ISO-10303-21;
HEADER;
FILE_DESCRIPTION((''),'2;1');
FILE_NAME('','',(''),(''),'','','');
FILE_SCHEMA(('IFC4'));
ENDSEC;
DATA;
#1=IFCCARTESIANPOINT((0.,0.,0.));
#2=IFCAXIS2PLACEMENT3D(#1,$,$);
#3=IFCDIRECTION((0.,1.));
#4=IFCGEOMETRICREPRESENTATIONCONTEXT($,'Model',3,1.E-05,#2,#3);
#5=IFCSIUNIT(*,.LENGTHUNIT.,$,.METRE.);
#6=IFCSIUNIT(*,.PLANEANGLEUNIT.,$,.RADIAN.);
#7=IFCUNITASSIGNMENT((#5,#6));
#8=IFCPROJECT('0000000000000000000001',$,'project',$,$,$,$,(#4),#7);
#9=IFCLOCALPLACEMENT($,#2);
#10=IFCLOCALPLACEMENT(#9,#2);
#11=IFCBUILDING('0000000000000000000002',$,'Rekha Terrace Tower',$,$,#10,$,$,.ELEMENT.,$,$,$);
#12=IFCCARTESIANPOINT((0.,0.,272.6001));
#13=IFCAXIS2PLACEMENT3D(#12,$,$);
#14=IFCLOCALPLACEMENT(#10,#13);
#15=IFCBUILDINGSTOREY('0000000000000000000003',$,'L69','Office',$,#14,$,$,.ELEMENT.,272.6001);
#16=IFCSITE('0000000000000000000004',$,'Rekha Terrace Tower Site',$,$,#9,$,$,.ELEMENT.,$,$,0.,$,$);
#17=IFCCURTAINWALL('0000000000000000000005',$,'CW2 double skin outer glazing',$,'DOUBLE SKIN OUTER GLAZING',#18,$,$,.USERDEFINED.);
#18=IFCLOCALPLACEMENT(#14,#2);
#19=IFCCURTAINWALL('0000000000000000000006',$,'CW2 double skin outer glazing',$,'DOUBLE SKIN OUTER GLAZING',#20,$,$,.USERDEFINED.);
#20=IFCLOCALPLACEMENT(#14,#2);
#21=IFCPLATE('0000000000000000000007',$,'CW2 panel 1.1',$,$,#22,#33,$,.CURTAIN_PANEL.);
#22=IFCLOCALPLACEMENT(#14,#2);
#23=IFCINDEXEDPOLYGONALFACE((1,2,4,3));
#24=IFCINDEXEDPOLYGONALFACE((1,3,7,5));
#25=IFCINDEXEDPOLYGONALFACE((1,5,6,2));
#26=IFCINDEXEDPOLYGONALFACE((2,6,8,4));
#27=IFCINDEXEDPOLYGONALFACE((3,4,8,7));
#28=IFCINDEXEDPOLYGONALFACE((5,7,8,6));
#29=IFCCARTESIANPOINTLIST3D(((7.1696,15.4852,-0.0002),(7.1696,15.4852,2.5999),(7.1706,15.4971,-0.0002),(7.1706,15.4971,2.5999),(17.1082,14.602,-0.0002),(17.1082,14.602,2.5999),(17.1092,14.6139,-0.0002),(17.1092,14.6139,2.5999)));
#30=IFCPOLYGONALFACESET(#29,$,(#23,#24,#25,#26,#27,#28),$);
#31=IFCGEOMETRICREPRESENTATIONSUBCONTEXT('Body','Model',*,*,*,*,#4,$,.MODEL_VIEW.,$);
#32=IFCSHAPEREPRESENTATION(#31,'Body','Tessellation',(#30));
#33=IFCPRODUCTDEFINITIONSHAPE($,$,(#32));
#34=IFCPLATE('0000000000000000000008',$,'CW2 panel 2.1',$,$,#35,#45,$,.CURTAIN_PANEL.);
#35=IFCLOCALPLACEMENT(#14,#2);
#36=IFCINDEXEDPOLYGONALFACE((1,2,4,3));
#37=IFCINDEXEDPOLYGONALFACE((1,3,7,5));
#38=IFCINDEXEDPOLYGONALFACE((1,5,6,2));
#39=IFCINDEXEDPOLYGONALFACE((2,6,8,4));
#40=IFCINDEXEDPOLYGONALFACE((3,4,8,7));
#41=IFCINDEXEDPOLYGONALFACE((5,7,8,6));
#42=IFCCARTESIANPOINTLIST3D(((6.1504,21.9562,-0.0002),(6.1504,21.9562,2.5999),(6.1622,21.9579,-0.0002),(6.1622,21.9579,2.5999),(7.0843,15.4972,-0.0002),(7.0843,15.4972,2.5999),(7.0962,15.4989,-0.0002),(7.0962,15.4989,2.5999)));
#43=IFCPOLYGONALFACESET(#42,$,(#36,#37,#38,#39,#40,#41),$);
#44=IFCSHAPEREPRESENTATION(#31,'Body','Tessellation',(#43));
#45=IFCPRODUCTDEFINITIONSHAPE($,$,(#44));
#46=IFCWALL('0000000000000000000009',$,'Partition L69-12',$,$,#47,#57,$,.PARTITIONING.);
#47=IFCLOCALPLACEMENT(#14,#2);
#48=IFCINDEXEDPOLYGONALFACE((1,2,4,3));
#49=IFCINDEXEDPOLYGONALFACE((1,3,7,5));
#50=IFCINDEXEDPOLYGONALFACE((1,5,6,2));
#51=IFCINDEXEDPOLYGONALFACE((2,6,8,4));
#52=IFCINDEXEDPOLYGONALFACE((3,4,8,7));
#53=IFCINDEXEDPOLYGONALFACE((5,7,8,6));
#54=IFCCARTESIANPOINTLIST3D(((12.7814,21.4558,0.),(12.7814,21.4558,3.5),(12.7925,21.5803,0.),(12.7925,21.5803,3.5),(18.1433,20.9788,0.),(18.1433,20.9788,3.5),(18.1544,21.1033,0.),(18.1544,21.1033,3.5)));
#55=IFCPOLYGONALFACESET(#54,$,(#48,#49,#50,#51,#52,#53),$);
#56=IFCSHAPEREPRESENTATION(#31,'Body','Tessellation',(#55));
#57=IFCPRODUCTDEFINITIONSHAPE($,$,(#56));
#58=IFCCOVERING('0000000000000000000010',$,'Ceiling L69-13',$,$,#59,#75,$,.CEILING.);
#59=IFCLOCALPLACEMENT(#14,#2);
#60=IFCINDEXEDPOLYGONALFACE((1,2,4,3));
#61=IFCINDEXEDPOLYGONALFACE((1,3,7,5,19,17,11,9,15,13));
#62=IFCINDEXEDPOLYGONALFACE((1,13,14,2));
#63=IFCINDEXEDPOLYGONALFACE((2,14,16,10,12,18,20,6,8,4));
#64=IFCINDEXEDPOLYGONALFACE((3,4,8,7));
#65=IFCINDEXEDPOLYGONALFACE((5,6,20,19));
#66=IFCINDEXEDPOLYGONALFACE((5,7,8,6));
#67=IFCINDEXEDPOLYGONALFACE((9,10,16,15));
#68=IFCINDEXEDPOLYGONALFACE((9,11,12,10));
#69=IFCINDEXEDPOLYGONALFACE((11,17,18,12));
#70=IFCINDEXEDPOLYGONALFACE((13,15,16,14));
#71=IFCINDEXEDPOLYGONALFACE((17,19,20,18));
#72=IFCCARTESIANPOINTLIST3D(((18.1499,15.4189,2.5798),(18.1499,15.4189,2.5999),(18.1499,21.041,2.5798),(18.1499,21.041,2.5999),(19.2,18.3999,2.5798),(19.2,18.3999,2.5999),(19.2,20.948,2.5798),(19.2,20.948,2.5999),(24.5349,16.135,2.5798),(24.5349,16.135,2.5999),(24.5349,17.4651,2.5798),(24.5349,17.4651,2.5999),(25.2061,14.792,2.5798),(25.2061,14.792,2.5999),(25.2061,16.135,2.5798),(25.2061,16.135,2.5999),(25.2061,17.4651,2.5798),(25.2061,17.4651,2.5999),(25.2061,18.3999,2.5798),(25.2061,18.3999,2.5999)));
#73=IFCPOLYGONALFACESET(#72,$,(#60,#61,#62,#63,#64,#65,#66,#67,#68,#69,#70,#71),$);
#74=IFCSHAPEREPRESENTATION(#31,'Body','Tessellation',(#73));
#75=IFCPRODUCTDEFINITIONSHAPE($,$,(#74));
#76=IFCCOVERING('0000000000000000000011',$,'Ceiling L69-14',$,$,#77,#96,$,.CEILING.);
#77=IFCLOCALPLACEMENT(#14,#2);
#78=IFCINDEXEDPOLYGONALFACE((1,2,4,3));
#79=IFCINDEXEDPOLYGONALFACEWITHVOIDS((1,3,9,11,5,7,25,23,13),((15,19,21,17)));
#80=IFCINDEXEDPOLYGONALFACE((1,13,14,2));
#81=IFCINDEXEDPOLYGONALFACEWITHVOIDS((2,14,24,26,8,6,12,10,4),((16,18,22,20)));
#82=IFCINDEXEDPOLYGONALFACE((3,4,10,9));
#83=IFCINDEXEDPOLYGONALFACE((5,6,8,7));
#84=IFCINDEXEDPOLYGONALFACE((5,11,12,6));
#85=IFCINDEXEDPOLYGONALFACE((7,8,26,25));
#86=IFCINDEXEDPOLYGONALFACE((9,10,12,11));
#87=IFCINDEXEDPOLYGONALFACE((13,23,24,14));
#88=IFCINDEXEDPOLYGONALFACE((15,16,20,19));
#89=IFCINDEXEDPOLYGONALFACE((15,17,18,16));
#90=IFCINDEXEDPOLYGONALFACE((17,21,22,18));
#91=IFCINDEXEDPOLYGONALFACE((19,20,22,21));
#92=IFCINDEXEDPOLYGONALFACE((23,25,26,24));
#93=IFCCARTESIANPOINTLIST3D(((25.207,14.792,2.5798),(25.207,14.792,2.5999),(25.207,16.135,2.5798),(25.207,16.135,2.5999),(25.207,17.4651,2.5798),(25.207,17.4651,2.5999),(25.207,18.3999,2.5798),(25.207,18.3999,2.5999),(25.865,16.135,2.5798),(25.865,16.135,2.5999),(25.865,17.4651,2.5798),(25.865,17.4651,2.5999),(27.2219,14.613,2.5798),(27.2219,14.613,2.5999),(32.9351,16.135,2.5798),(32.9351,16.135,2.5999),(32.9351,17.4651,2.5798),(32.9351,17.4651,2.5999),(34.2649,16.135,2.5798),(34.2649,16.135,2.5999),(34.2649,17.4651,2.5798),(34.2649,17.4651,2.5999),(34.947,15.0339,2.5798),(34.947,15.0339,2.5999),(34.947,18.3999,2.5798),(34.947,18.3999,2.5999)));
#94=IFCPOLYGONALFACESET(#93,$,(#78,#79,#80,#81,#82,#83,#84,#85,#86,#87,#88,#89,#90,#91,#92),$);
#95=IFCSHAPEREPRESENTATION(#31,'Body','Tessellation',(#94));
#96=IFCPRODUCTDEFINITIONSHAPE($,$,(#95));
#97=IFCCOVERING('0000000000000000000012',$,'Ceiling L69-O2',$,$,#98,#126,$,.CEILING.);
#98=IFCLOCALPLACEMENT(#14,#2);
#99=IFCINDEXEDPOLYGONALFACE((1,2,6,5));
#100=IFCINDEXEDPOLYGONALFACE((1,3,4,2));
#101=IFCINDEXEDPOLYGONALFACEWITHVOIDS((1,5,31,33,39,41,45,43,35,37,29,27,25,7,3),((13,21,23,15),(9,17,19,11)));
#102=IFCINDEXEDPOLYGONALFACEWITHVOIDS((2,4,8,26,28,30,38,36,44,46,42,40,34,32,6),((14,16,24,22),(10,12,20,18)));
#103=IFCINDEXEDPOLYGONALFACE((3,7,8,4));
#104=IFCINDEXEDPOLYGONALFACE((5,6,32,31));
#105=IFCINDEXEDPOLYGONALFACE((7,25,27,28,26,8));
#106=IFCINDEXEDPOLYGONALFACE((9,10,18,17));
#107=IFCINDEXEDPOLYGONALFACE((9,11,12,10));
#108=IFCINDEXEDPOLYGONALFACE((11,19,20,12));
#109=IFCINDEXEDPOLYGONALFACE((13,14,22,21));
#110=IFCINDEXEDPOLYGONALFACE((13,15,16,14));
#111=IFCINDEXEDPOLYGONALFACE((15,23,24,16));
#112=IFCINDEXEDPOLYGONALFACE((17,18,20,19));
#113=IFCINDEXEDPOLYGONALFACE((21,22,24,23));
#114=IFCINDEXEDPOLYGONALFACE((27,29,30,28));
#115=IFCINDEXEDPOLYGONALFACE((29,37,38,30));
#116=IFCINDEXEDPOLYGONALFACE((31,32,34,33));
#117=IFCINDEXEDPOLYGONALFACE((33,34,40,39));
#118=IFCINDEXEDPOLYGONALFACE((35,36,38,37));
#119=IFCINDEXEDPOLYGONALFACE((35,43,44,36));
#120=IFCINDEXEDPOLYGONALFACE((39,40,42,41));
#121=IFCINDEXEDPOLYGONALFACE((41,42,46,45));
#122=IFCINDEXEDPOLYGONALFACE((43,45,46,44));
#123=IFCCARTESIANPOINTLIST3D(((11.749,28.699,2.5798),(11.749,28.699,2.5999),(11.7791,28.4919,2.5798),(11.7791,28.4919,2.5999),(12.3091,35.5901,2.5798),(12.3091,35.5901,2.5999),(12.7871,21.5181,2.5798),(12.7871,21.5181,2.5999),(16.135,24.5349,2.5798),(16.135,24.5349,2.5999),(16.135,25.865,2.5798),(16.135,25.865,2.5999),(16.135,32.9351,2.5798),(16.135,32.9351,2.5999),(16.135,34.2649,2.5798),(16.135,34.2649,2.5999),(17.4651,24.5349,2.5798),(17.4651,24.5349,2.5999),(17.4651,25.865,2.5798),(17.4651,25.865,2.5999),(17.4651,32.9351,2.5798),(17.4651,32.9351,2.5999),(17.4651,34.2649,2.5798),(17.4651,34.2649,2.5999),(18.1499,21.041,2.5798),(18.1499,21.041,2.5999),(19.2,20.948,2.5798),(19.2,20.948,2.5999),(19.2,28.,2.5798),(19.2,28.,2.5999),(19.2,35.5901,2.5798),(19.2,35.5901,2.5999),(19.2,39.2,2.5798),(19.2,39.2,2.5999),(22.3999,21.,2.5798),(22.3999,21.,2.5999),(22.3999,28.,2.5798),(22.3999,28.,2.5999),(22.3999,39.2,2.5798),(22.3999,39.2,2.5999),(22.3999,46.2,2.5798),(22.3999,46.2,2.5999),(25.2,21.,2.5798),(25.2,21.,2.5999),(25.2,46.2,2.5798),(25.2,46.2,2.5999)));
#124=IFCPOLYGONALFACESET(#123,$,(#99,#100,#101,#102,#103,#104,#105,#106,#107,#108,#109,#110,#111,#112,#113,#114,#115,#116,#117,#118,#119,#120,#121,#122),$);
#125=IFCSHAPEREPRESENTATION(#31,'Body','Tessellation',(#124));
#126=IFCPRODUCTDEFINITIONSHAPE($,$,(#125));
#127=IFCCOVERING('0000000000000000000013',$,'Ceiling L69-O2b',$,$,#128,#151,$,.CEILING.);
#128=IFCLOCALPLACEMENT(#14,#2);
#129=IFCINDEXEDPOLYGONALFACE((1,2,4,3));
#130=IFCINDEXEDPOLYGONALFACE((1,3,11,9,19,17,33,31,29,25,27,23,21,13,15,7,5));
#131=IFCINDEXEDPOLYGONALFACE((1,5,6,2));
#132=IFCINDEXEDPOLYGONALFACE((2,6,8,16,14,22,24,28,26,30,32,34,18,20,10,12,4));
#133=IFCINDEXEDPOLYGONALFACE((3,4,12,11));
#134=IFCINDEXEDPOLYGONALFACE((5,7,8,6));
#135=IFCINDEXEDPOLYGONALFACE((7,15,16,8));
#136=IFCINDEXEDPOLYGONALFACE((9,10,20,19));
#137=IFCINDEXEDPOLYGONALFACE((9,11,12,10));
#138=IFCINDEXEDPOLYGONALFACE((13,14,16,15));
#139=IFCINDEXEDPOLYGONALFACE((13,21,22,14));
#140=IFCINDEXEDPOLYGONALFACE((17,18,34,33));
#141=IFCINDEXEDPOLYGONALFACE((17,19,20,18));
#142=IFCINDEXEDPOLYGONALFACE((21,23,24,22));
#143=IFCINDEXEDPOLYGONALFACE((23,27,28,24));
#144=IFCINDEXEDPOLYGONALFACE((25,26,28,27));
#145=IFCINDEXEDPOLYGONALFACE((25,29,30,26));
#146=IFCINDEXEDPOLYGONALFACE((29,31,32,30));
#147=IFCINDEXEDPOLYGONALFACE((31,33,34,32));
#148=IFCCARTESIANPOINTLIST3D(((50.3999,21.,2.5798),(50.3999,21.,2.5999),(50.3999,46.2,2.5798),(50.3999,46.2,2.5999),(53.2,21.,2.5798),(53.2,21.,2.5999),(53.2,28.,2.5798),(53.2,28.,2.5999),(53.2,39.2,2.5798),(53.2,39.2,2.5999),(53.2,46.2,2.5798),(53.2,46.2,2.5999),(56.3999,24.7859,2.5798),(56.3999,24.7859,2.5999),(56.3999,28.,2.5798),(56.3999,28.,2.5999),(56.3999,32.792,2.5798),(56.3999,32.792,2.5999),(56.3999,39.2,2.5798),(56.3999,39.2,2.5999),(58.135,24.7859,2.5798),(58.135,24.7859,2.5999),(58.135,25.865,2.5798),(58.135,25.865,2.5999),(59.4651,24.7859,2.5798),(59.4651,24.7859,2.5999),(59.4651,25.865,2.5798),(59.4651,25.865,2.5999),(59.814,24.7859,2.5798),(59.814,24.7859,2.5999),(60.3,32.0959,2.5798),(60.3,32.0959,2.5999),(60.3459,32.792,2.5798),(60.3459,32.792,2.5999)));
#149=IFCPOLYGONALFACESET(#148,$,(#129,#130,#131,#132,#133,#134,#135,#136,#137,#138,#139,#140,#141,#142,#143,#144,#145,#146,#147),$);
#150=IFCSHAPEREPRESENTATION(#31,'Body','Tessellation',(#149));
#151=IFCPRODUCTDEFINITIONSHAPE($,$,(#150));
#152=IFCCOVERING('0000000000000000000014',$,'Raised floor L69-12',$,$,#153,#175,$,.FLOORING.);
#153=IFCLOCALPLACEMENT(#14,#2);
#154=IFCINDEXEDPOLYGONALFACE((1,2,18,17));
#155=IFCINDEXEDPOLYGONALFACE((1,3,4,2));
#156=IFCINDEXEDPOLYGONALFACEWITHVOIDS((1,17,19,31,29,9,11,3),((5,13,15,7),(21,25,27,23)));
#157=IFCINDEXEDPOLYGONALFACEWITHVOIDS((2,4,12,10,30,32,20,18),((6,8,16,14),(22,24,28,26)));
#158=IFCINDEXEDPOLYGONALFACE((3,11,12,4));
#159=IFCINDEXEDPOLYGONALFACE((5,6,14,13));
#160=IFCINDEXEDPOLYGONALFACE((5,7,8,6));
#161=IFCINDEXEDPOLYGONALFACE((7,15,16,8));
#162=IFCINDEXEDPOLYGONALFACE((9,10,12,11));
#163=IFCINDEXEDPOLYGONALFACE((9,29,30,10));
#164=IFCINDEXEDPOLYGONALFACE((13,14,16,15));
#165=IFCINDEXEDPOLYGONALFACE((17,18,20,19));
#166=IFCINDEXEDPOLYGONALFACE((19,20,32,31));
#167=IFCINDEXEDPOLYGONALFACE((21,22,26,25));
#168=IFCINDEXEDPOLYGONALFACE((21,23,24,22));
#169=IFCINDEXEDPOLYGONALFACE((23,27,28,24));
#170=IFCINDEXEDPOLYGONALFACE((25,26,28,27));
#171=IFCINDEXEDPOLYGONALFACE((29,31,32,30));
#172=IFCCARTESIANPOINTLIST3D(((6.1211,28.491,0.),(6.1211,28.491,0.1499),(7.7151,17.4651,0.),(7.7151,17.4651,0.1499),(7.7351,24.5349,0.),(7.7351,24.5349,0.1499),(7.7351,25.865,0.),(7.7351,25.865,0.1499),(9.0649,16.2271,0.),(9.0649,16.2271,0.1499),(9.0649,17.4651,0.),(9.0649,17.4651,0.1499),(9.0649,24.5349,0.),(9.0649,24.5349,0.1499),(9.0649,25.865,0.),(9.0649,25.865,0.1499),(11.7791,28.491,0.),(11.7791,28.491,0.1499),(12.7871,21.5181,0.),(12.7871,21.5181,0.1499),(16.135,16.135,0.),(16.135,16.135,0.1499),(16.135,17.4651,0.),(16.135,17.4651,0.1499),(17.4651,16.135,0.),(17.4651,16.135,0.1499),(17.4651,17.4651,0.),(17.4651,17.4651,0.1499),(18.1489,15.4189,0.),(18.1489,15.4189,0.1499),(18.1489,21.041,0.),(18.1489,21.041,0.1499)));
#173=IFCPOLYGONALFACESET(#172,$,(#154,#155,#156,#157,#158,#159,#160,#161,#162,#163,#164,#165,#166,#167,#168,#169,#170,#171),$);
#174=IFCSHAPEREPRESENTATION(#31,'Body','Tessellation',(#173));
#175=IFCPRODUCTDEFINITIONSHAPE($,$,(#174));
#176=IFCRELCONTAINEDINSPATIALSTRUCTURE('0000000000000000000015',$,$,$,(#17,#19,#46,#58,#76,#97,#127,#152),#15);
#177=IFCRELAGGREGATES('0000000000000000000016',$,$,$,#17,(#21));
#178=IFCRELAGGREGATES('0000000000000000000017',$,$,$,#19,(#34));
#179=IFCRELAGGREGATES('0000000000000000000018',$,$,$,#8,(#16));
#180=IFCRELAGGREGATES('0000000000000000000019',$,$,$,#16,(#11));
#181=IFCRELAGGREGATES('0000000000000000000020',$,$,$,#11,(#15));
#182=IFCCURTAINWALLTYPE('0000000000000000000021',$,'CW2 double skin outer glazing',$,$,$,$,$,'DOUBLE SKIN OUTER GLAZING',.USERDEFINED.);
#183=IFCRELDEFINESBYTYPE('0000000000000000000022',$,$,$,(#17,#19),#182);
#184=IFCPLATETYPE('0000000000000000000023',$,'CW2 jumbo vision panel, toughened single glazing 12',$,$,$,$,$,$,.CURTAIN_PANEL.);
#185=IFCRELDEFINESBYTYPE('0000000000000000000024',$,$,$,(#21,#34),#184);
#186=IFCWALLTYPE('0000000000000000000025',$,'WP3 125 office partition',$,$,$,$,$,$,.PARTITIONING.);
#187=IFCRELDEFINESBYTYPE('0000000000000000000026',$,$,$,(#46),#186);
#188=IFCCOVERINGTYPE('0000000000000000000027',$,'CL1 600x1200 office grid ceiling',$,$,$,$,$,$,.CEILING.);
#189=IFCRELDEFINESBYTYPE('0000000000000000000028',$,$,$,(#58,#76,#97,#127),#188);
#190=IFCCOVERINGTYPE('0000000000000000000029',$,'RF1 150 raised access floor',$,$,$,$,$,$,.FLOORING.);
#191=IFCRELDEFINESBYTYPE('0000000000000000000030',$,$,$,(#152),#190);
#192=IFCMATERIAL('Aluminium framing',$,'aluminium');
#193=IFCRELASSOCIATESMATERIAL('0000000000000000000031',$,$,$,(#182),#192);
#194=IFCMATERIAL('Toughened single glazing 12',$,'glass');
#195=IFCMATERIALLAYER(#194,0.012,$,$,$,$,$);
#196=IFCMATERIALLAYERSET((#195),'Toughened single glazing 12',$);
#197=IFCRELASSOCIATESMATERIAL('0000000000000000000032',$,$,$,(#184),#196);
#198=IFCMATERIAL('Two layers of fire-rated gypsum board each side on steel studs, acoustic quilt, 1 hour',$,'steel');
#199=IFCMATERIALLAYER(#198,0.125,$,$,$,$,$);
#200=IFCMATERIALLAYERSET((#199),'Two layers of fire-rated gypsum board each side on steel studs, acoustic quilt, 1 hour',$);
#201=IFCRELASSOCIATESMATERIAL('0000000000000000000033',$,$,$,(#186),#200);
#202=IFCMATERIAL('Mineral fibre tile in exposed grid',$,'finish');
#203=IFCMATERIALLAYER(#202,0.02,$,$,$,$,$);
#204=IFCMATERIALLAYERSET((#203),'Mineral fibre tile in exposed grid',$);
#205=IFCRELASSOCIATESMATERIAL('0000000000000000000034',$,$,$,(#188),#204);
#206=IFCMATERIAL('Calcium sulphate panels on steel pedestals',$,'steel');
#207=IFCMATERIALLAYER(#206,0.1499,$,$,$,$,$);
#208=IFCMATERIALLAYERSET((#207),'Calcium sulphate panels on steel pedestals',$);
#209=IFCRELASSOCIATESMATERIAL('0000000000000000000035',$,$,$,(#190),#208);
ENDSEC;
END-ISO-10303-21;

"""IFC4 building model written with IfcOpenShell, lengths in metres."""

from ifc_helpers import new_model, si_unit, direction, frame, frame_2d, origin, origin_2d, place, context, subcontext, project, spatial, polyline, rectangle, outline, extrude, material, layer, layer_set, type_object, element, aggregate, save


model = new_model("IFC4")

# Units and contexts
model_context = context("Model", 3, precision=1e-05, world=origin(), true_north=direction((0.0, 1.0)))
body_context = subcontext(model_context, "Body", "Model", "MODEL_VIEW")
ifc_project = project(units=[si_unit("LENGTHUNIT", "METRE"), si_unit("PLANEANGLEUNIT", "RADIAN")], contexts=[model_context])

# Site, building, storey
site_placement = place(None, origin())
site = spatial("IfcSite", under=ifc_project, at=site_placement, Name="Rekha Terrace Tower Site", CompositionType="ELEMENT", RefElevation=0.0)
building_placement = place(site_placement, origin())
building = spatial("IfcBuilding", under=site, at=building_placement, Name="Rekha Terrace Tower", CompositionType="ELEMENT")
storey_placement = place(building_placement, frame((0.0, 0.0, 272.6001)))
storey = spatial("IfcBuildingStorey", under=building, at=storey_placement, Name="L69", Description="Office", CompositionType="ELEMENT", Elevation=272.6001)

# Curtain walls
ifc_material_1 = material(Name="Aluminium framing", Category="aluminium")
curtain_wall_type_1 = type_object("IfcCurtainWallType", Name="CW2 double skin outer glazing", ElementType="DOUBLE SKIN OUTER GLAZING", PredefinedType="USERDEFINED", material=ifc_material_1)
curtain_wall_1_placement = place(storey_placement, origin())
curtain_wall_1 = element("IfcCurtainWall", 1, at=curtain_wall_1_placement, inside=storey, type_object=curtain_wall_type_1, Name="CW2 double skin outer glazing", ObjectType="DOUBLE SKIN OUTER GLAZING", PredefinedType="USERDEFINED")
curtain_wall_2_placement = place(storey_placement, origin())
curtain_wall_2 = element("IfcCurtainWall", 2, at=curtain_wall_2_placement, inside=storey, type_object=curtain_wall_type_1, Name="CW2 double skin outer glazing", ObjectType="DOUBLE SKIN OUTER GLAZING", PredefinedType="USERDEFINED")

# Plates
ifc_material_2 = material(Name="Toughened single glazing 12", Category="glass")
ifc_layer_1 = layer(ifc_material_2, 0.012)
ifc_layer_set_1 = layer_set([ifc_layer_1], Name="Toughened single glazing 12")
plate_type_1 = type_object("IfcPlateType", Name="CW2 jumbo vision panel, toughened single glazing 12", PredefinedType="CURTAIN_PANEL", material=ifc_layer_set_1)
plate_1_placement = place(storey_placement, frame((12.1394, 15.0496, -0.0002), z_axis=(0.0, 0.0, 1.0), x_axis=(0.996074, -0.088522, 0.0)))
plate_1 = element("IfcPlate", 3, at=plate_1_placement, type_object=plate_type_1, Name="CW2 panel 1.1", PredefinedType="CURTAIN_PANEL", context=body_context, shape_type="SweptSolid", body=[
    extrude(rectangle(XDim=9.9778, YDim=0.012, at=origin_2d()), origin(), (0.0, 0.0, 1.0), 2.6001),
])
aggregate(curtain_wall_1, [plate_1])
plate_2_placement = place(storey_placement, frame((6.6233, 18.7275, -0.0002), z_axis=(0.0, 0.0, 1.0), x_axis=(0.143108, -0.989707, 0.0)))
plate_2 = element("IfcPlate", 4, at=plate_2_placement, type_object=plate_type_1, Name="CW2 panel 2.1", PredefinedType="CURTAIN_PANEL", context=body_context, shape_type="SweptSolid", body=[
    extrude(rectangle(XDim=6.5261, YDim=0.012, at=origin_2d()), origin(), (0.0, 0.0, 1.0), 2.6001),
])
aggregate(curtain_wall_2, [plate_2])

# Wall
ifc_material_3 = material(Name="Two layers of fire-rated gypsum board each side on steel studs, acoustic quilt, 1 hour", Category="steel")
ifc_layer_2 = layer(ifc_material_3, 0.125)
ifc_layer_set_2 = layer_set([ifc_layer_2], Name="Two layers of fire-rated gypsum board each side on steel studs, acoustic quilt, 1 hour")
wall_type = type_object("IfcWallType", Name="WP3 125 office partition", PredefinedType="PARTITIONING", material=ifc_layer_set_2)
wall_placement = place(storey_placement, frame((12.7871, 21.5181, 0.0), z_axis=(0.0, 0.0, 1.0), x_axis=(0.996065, -0.088622, 0.0)))
element("IfcWall", 5, at=wall_placement, inside=storey, type_object=wall_type, Name="Partition L69-12", PredefinedType="PARTITIONING", context=body_context, shape_type="SweptSolid", body=[
    extrude(rectangle(XDim=5.3831, YDim=0.125, at=frame_2d((2.6914, 0.0))), origin(), (0.0, 0.0, 1.0), 3.5),
])

# Coverings
ifc_material_4 = material(Name="Mineral fibre tile in exposed grid", Category="finish")
ifc_layer_3 = layer(ifc_material_4, 0.02)
ifc_layer_set_3 = layer_set([ifc_layer_3], Name="Mineral fibre tile in exposed grid")
covering_type_1 = type_object("IfcCoveringType", Name="CL1 600x1200 office grid ceiling", PredefinedType="CEILING", material=ifc_layer_set_3)
covering_1_placement = place(storey_placement, frame((0.0, 0.0, 2.5798)))
element("IfcCovering", 6, at=covering_1_placement, inside=storey, type_object=covering_type_1, Name="Ceiling L69-13", PredefinedType="CEILING", context=body_context, shape_type="SweptSolid", body=[
    extrude(outline(polyline([(19.2, 18.3999), (19.2, 20.948), (18.1499, 21.041), (18.1499, 15.4189), (25.2061, 14.792), (25.2061, 16.135), (24.5349, 16.135), (24.5349, 17.4651), (25.2061, 17.4651), (25.2061, 18.3999), (19.2, 18.3999)])), origin(), (0.0, 0.0, 1.0), 0.02),
])
covering_2_placement = place(storey_placement, frame((0.0, 0.0, 2.5798)))
element("IfcCovering", 7, at=covering_2_placement, inside=storey, type_object=covering_type_1, Name="Ceiling L69-14", PredefinedType="CEILING", context=body_context, shape_type="SweptSolid", body=[
    extrude(outline(polyline([(34.947, 15.0339), (34.947, 18.3999), (25.207, 18.3999), (25.207, 17.4651), (25.865, 17.4651), (25.865, 16.135), (25.207, 16.135), (25.207, 14.792), (27.2219, 14.613), (34.947, 15.0339)]), holes=[polyline([(34.2649, 16.135), (32.9351, 16.135), (32.9351, 17.4651), (34.2649, 17.4651), (34.2649, 16.135)])]), origin(), (0.0, 0.0, 1.0), 0.02),
])
covering_3_placement = place(storey_placement, frame((0.0, 0.0, 2.5798)))
element("IfcCovering", 8, at=covering_3_placement, inside=storey, type_object=covering_type_1, Name="Ceiling L69-O2", PredefinedType="CEILING", context=body_context, shape_type="SweptSolid", body=[
    extrude(outline(polyline([(11.749, 28.699), (11.7791, 28.4919), (12.7871, 21.5181), (18.1499, 21.041), (19.2, 20.948), (19.2, 28.0), (22.3999, 28.0), (22.3999, 21.0), (25.2, 21.0), (25.2, 46.2), (22.3999, 46.2), (22.3999, 39.2), (19.2, 39.2), (19.2, 35.5901), (12.3091, 35.5901), (11.749, 28.699)]), holes=[polyline([(17.4651, 25.865), (17.4651, 24.5349), (16.135, 24.5349), (16.135, 25.865), (17.4651, 25.865)]), polyline([(17.4651, 34.2649), (17.4651, 32.9351), (16.135, 32.9351), (16.135, 34.2649), (17.4651, 34.2649)])]), origin(), (0.0, 0.0, 1.0), 0.02),
])
covering_4_placement = place(storey_placement, frame((0.0, 0.0, 2.5798)))
element("IfcCovering", 9, at=covering_4_placement, inside=storey, type_object=covering_type_1, Name="Ceiling L69-O2b", PredefinedType="CEILING", context=body_context, shape_type="SweptSolid", body=[
    extrude(outline(polyline([(50.3999, 21.0), (53.2, 21.0), (53.2, 28.0), (56.3999, 28.0), (56.3999, 24.7859), (58.135, 24.7859), (58.135, 25.865), (59.4651, 25.865), (59.4651, 24.7859), (59.814, 24.7859), (60.3, 32.0959), (60.3459, 32.792), (56.3999, 32.792), (56.3999, 39.2), (53.2, 39.2), (53.2, 46.2), (50.3999, 46.2), (50.3999, 21.0)])), origin(), (0.0, 0.0, 1.0), 0.02),
])
ifc_material_5 = material(Name="Calcium sulphate panels on steel pedestals", Category="steel")
ifc_layer_4 = layer(ifc_material_5, 0.1499)
ifc_layer_set_4 = layer_set([ifc_layer_4], Name="Calcium sulphate panels on steel pedestals")
covering_type_2 = type_object("IfcCoveringType", Name="RF1 150 raised access floor", PredefinedType="FLOORING", material=ifc_layer_set_4)
covering_5_placement = place(storey_placement, origin())
element("IfcCovering", 10, at=covering_5_placement, inside=storey, type_object=covering_type_2, Name="Raised floor L69-12", PredefinedType="FLOORING", context=body_context, shape_type="SweptSolid", body=[
    extrude(outline(polyline([(6.1211, 28.491), (7.7151, 17.4651), (9.0649, 17.4651), (9.0649, 16.2271), (18.1489, 15.4189), (18.1489, 21.041), (12.7871, 21.5181), (11.7791, 28.491), (6.1211, 28.491)]), holes=[polyline([(17.4651, 17.4651), (17.4651, 16.135), (16.135, 16.135), (16.135, 17.4651), (17.4651, 17.4651)]), polyline([(9.0649, 25.865), (9.0649, 24.5349), (7.7351, 24.5349), (7.7351, 25.865), (9.0649, 25.865)])]), origin(), (0.0, 0.0, 1.0), 0.1499),
])

save(model, "model.ifc")
